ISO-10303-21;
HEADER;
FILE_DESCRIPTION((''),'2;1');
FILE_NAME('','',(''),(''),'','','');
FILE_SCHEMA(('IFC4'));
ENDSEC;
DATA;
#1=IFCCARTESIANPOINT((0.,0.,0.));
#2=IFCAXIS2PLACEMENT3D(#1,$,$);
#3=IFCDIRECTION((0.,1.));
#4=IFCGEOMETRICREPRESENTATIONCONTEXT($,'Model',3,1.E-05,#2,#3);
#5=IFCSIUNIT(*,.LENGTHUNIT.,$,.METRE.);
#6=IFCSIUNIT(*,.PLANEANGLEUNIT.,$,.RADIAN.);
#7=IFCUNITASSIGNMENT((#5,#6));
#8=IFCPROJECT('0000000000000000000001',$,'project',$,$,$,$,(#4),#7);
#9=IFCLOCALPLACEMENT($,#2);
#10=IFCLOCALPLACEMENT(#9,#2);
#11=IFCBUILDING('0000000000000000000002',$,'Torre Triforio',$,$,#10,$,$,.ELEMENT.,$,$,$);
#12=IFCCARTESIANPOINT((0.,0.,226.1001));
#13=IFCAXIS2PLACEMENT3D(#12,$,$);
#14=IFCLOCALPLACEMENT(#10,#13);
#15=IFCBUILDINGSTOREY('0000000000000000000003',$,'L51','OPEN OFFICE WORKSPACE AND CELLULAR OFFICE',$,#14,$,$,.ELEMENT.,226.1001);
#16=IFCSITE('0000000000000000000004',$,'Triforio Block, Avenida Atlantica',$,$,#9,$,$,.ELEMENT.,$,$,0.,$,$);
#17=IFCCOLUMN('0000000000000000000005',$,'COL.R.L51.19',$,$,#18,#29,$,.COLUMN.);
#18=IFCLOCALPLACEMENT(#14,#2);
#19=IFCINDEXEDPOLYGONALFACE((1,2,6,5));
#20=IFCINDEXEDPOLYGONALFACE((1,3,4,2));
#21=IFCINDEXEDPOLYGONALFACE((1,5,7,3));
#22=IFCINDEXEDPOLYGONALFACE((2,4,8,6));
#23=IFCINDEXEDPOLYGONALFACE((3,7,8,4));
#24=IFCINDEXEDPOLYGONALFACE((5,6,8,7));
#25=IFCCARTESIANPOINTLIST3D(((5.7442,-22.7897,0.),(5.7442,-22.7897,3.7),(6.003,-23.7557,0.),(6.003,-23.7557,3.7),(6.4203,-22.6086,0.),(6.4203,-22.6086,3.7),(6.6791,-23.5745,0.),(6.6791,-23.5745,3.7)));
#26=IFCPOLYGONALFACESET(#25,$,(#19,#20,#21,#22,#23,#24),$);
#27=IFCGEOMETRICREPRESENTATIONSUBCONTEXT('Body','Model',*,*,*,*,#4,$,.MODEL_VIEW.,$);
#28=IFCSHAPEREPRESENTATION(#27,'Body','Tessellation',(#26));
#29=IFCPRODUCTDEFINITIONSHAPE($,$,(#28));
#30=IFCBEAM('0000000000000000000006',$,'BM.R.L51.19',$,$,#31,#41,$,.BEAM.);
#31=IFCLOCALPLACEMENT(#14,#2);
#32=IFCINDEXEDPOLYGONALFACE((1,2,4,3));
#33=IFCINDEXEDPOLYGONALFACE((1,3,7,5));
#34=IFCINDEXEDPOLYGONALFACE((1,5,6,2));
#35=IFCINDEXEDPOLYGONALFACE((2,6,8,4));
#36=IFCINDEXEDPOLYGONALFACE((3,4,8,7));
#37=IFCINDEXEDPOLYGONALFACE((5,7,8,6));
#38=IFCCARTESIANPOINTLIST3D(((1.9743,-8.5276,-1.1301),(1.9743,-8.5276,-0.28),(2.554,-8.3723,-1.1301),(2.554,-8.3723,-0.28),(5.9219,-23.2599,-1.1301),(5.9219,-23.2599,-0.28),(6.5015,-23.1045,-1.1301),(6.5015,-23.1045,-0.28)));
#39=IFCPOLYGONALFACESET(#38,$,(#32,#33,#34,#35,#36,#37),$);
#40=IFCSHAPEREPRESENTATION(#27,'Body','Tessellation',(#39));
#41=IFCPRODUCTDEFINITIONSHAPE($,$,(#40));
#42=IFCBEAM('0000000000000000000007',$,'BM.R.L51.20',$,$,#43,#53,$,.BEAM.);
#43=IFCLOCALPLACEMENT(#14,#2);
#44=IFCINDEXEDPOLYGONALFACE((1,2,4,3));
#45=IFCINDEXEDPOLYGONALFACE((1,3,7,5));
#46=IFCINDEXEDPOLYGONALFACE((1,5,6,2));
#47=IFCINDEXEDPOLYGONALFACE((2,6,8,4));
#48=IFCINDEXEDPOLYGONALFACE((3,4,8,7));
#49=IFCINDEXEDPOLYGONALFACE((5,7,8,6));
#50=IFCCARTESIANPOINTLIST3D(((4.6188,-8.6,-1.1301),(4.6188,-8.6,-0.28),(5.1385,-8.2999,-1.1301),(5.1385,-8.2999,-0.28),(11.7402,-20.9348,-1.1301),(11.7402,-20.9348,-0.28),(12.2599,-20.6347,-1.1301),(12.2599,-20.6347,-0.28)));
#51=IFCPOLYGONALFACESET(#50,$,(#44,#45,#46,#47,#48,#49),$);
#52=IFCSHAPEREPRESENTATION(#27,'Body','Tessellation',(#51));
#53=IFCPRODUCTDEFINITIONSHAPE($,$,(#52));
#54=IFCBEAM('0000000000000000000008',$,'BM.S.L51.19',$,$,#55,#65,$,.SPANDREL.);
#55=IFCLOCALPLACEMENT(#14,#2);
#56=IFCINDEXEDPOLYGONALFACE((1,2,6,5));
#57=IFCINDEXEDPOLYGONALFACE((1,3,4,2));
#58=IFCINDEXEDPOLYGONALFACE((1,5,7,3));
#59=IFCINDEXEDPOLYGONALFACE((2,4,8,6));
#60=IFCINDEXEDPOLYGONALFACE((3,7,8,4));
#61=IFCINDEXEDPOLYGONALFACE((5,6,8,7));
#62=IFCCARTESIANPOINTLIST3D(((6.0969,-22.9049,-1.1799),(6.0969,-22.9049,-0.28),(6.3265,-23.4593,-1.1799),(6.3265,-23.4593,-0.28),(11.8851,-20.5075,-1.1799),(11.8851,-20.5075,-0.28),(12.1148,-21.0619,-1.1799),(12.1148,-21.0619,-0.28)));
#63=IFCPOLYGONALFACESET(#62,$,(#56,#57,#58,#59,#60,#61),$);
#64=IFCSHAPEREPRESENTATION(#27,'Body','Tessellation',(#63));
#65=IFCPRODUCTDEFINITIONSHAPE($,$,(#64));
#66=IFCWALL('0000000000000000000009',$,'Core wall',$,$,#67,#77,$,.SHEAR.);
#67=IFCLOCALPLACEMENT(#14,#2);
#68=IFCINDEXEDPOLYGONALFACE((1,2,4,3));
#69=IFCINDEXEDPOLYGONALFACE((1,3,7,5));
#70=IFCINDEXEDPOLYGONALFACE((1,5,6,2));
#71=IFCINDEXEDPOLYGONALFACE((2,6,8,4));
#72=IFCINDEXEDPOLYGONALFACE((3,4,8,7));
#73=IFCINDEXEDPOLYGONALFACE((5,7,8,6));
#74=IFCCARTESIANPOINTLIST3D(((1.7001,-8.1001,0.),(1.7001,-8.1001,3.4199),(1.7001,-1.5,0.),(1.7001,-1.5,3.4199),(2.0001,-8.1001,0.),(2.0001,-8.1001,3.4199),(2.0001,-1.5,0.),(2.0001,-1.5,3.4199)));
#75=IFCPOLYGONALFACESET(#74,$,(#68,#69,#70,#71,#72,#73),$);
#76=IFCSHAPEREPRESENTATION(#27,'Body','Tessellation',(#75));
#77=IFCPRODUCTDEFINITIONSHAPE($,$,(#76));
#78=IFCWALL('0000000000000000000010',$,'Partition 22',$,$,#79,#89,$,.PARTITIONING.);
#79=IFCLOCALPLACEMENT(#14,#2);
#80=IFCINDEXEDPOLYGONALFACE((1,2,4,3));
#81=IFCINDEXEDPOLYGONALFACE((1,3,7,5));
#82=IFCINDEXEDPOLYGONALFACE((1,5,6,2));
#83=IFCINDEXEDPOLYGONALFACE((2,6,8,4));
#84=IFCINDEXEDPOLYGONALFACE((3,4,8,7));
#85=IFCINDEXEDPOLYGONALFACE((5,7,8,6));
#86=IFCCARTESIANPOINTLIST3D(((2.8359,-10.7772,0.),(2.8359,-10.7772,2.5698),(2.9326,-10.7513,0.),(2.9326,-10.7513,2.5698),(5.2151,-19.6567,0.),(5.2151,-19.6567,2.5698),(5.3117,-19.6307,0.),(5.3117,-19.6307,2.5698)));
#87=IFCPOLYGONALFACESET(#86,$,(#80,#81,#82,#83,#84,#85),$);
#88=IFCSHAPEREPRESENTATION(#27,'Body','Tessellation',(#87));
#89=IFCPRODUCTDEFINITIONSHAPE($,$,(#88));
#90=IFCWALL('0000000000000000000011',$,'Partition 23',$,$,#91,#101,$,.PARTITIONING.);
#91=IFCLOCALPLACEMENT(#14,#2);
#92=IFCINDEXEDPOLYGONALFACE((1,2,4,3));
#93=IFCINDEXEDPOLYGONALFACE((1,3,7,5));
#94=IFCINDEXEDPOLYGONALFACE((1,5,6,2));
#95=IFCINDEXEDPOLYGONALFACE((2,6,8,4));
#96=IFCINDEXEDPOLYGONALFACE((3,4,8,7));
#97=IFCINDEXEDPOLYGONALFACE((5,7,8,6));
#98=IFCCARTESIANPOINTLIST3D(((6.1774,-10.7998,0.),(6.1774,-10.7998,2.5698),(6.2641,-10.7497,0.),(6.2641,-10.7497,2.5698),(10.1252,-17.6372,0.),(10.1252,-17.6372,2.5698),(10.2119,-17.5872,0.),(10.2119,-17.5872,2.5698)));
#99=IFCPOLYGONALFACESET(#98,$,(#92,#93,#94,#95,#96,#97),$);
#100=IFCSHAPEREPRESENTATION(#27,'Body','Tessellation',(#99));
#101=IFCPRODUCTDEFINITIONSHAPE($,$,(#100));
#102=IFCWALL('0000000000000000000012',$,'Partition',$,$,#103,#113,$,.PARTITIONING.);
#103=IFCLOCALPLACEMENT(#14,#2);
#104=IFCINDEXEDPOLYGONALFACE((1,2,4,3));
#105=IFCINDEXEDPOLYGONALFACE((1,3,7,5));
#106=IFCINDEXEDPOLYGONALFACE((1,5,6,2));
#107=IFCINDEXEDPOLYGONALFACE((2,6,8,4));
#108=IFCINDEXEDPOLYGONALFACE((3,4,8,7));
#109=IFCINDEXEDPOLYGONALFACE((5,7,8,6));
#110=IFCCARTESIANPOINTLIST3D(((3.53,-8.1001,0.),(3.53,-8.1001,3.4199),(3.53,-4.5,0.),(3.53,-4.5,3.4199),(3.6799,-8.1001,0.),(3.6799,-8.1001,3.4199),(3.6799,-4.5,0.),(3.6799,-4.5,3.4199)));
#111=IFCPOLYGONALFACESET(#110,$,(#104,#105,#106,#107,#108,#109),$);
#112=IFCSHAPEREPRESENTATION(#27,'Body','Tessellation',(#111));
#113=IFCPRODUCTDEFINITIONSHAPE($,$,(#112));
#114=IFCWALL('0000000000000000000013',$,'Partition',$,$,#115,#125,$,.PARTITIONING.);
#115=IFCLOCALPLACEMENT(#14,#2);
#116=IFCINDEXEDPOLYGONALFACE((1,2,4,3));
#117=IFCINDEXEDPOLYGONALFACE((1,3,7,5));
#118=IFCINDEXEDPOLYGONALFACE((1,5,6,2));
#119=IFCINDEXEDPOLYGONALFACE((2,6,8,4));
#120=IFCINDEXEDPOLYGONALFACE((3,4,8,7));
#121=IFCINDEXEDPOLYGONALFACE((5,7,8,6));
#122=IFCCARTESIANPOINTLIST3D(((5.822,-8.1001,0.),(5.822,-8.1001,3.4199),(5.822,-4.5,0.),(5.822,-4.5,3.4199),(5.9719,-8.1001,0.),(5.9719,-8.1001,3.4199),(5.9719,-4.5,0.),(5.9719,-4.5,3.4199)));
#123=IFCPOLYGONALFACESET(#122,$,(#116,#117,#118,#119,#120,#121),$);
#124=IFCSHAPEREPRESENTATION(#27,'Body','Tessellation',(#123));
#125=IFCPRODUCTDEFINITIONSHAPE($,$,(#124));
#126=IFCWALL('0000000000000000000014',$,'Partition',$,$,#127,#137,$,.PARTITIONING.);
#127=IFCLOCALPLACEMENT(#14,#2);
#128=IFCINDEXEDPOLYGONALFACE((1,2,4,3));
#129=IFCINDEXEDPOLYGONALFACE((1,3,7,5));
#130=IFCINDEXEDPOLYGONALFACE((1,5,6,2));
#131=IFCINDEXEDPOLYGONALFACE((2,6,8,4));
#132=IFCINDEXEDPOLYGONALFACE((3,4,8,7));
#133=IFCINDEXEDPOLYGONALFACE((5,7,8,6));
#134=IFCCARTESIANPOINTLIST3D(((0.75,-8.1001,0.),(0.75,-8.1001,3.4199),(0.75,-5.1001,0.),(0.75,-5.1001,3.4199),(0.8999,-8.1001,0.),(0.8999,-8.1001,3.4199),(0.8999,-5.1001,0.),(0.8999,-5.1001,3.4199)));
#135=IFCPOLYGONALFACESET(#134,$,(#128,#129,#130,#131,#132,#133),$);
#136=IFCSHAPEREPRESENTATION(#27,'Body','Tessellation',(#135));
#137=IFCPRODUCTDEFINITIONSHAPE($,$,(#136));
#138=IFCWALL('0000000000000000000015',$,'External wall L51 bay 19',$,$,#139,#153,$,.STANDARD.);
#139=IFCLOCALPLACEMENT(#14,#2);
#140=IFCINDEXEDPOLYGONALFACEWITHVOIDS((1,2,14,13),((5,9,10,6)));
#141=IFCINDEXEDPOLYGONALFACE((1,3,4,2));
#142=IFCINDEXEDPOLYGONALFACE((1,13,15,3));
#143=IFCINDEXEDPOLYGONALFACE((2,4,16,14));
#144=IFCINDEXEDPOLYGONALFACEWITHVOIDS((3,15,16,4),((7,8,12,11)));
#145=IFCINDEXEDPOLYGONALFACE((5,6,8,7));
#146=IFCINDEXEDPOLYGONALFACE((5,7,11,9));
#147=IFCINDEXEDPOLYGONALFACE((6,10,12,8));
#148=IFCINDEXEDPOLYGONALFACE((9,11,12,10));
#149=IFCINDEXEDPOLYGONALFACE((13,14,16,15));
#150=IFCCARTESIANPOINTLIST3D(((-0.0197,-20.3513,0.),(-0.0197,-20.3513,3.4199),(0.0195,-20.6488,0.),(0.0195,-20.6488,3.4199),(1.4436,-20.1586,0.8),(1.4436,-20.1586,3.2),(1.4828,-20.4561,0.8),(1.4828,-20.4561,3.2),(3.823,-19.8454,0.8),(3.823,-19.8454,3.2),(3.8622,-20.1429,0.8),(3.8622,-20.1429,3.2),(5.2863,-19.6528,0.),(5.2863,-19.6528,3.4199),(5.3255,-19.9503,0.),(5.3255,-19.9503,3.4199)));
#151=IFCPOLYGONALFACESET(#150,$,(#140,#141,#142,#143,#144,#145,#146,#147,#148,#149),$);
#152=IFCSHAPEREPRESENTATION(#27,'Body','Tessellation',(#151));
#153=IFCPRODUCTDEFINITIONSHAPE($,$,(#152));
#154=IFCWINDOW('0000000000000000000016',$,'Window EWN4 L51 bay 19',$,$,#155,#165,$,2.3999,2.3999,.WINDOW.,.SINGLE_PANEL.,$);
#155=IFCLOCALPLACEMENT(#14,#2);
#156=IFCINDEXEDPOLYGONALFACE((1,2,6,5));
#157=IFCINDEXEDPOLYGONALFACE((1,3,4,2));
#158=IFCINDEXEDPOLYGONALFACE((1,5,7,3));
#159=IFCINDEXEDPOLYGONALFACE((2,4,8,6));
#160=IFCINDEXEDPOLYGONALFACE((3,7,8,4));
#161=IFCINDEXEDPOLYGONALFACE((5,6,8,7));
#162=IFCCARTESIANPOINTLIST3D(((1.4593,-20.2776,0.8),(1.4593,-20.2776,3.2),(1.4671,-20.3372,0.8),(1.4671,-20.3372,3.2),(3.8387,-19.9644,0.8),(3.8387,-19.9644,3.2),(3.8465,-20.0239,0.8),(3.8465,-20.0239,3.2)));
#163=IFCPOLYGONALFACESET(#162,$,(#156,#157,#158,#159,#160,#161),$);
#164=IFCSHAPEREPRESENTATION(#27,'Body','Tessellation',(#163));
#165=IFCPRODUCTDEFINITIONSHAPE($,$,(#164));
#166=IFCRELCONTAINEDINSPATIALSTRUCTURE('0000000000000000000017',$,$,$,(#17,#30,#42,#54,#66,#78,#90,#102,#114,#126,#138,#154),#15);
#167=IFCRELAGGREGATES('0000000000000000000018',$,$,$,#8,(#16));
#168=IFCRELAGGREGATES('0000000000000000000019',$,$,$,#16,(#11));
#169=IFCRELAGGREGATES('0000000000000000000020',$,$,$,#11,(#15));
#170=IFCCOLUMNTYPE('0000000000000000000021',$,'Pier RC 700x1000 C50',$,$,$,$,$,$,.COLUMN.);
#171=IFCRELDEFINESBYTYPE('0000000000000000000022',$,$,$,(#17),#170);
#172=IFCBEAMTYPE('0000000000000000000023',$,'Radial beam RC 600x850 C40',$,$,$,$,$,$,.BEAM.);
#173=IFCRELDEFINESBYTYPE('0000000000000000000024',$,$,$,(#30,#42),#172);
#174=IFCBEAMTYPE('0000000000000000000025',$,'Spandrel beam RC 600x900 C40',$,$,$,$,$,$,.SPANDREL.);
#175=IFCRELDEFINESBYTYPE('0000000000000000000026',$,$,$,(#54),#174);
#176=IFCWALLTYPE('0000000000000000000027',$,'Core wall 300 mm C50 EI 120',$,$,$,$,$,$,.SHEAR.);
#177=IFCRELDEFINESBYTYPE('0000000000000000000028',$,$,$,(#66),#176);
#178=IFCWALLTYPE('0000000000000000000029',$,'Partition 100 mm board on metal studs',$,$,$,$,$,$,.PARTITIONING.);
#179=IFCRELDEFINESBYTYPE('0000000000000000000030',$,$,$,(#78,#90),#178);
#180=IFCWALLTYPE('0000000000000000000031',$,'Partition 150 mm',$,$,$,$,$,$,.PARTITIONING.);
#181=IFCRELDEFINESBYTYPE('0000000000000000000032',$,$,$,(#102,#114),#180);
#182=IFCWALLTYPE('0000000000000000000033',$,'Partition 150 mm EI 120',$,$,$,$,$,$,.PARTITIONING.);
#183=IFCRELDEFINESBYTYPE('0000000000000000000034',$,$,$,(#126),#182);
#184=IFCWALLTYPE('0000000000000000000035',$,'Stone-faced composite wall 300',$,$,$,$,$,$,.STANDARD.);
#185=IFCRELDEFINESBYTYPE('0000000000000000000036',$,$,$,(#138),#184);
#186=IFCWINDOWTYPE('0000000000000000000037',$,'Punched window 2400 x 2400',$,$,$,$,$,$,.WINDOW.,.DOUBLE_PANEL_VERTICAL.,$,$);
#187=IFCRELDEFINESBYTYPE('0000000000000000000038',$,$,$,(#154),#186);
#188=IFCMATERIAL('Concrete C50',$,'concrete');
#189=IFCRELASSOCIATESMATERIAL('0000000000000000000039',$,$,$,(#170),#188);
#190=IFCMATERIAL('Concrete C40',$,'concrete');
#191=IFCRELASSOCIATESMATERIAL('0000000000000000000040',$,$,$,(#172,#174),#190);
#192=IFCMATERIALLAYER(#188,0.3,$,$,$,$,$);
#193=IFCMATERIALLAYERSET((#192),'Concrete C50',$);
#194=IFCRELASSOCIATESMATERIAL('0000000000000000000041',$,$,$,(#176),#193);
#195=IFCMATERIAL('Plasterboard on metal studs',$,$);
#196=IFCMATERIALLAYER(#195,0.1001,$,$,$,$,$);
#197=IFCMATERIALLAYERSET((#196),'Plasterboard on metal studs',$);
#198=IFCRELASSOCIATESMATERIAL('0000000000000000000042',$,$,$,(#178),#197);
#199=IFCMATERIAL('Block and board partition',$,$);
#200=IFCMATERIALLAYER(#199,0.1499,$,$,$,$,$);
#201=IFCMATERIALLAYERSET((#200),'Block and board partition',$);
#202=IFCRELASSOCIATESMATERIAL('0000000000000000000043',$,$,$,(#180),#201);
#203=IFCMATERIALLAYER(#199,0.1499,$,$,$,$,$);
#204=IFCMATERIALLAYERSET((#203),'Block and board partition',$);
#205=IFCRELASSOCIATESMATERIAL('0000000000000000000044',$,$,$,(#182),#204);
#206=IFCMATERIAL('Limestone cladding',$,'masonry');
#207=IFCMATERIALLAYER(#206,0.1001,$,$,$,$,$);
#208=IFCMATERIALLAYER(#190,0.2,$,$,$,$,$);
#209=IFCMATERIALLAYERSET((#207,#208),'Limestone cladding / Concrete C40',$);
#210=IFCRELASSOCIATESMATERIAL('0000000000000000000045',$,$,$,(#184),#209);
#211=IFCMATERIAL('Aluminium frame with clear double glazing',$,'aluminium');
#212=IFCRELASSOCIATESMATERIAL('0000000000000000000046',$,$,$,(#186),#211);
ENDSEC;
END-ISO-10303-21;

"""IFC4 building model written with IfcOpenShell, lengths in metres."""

from ifc_helpers import new_model, si_unit, direction, frame, frame_2d, origin, origin_2d, place, context, subcontext, project, spatial, rectangle, extrude, material, layer, layer_set, material_profile, profile_set, type_object, element, fill, save


model = new_model("IFC4")

# Units and contexts
model_context = context("Model", 3, precision=1e-05, world=origin(), true_north=direction((0.0, 1.0)))
body_context = subcontext(model_context, "Body", "Model", "MODEL_VIEW")
ifc_project = project(units=[si_unit("LENGTHUNIT", "METRE"), si_unit("PLANEANGLEUNIT", "RADIAN")], contexts=[model_context])

# Site, building, storey
site_placement = place(None, origin())
site = spatial("IfcSite", under=ifc_project, at=site_placement, Name="Triforio Block, Avenida Atlantica", CompositionType="ELEMENT", RefElevation=0.0)
building_placement = place(site_placement, origin())
building = spatial("IfcBuilding", under=site, at=building_placement, Name="Torre Triforio", CompositionType="ELEMENT")
storey_placement = place(building_placement, frame((0.0, 0.0, 226.1001)))
storey = spatial("IfcBuildingStorey", under=building, at=storey_placement, Name="L51", Description="OPEN OFFICE WORKSPACE AND CELLULAR OFFICE", CompositionType="ELEMENT", Elevation=226.1001)

# Column
ifc_material_1 = material(Name="Concrete C50", Category="concrete")
ifc_material_profile_1 = material_profile(ifc_material_1, rectangle(XDim=0.7, YDim=1.0, at=origin_2d()), Name="RC 700x1000")
ifc_profile_set_1 = profile_set([ifc_material_profile_1], Name="Concrete C50")
column_type = type_object("IfcColumnType", Name="Pier RC 700x1000 C50", PredefinedType="COLUMN", material=ifc_profile_set_1)
column_placement = place(storey_placement, frame((6.2117, -23.1821, 0.0), z_axis=(0.0, 0.0, 1.0), x_axis=(0.965926, 0.258819, 0.0)))
element("IfcColumn", 1, at=column_placement, inside=storey, type_object=column_type, Name="COL.R.L51.19", PredefinedType="COLUMN", context=body_context, shape_type="SweptSolid", body=[
    extrude(rectangle(XDim=0.7, YDim=1.0, at=origin_2d()), origin(), (0.0, 0.0, 1.0), 3.7),
])

# Beams
ifc_material_2 = material(Name="Concrete C40", Category="concrete")
ifc_material_profile_2 = material_profile(ifc_material_2, rectangle(XDim=0.6001, YDim=0.8501, at=origin_2d()), Name="RC 600x850")
ifc_profile_set_2 = profile_set([ifc_material_profile_2], Name="Concrete C40")
beam_type_1 = type_object("IfcBeamType", Name="Radial beam RC 600x850 C40", PredefinedType="BEAM", material=ifc_profile_set_2)
beam_1_placement = place(storey_placement, frame((2.2642, -8.45, -0.7051), z_axis=(0.258821, -0.965925, 0.0), x_axis=(0.965925, 0.258821, 0.0)))
element("IfcBeam", 2, at=beam_1_placement, inside=storey, type_object=beam_type_1, Name="BM.R.L51.19", PredefinedType="BEAM", context=body_context, shape_type="SweptSolid", body=[
    extrude(rectangle(XDim=0.6001, YDim=0.8501, at=origin_2d()), origin(), (0.0, 0.0, 1.0), 15.252),
])
beam_2_placement = place(storey_placement, frame((4.8787, -8.45, -0.7051), z_axis=(0.499994, -0.866029, 0.0), x_axis=(0.866029, 0.499994, 0.0)))
element("IfcBeam", 3, at=beam_2_placement, inside=storey, type_object=beam_type_1, Name="BM.R.L51.20", PredefinedType="BEAM", context=body_context, shape_type="SweptSolid", body=[
    extrude(rectangle(XDim=0.6001, YDim=0.8501, at=origin_2d()), origin(), (0.0, 0.0, 1.0), 14.2429),
])
ifc_material_profile_3 = material_profile(ifc_material_2, rectangle(XDim=0.6001, YDim=0.8999, at=origin_2d()), Name="RC 600x900")
ifc_profile_set_3 = profile_set([ifc_material_profile_3], Name="Concrete C40")
beam_type_2 = type_object("IfcBeamType", Name="Spandrel beam RC 600x900 C40", PredefinedType="SPANDREL", material=ifc_profile_set_3)
beam_3_placement = place(storey_placement, frame((6.2117, -23.1821, -0.73), z_axis=(0.923888, 0.382664, 0.0), x_axis=(-0.382664, 0.923888, 0.0)))
element("IfcBeam", 4, at=beam_3_placement, inside=storey, type_object=beam_type_2, Name="BM.S.L51.19", PredefinedType="SPANDREL", context=body_context, shape_type="SweptSolid", body=[
    extrude(rectangle(XDim=0.6001, YDim=0.8999, at=origin_2d()), origin(), (0.0, 0.0, 1.0), 6.2651),
])

# Walls
ifc_layer_1 = layer(ifc_material_1, 0.3)
ifc_layer_set_1 = layer_set([ifc_layer_1], Name="Concrete C50")
wall_type_1 = type_object("IfcWallType", Name="Core wall 300 mm C50 EI 120", PredefinedType="SHEAR", material=ifc_layer_set_1)
wall_1_placement = place(storey_placement, frame((1.8501, -8.1001, 0.0), z_axis=(0.0, 0.0, 1.0), x_axis=(0.0, 1.0, 0.0)))
element("IfcWall", 5, at=wall_1_placement, inside=storey, type_object=wall_type_1, Name="Core wall", PredefinedType="SHEAR", context=body_context, shape_type="SweptSolid", body=[
    extrude(rectangle(XDim=6.6001, YDim=0.3, at=frame_2d((3.3, 0.0))), origin(), (0.0, 0.0, 1.0), 3.4199),
])
ifc_material_3 = material(Name="Plasterboard on metal studs")
ifc_layer_2 = layer(ifc_material_3, 0.1001)
ifc_layer_set_2 = layer_set([ifc_layer_2], Name="Plasterboard on metal studs")
wall_type_2 = type_object("IfcWallType", Name="Partition 100 mm board on metal studs", PredefinedType="PARTITIONING", material=ifc_layer_set_2)
wall_2_placement = place(storey_placement, frame((2.8843, -10.7644, 0.0), z_axis=(0.0, 0.0, 1.0), x_axis=(0.258811, -0.965928, 0.0)))
element("IfcWall", 6, at=wall_2_placement, inside=storey, type_object=wall_type_2, Name="Partition 22", PredefinedType="PARTITIONING", context=body_context, shape_type="SweptSolid", body=[
    extrude(rectangle(XDim=9.1926, YDim=0.1001, at=frame_2d((4.5962, 0.0))), origin(), (0.0, 0.0, 1.0), 2.5698),
])
wall_3_placement = place(storey_placement, frame((6.2207, -10.7747, 0.0), z_axis=(0.0, 0.0, 1.0), x_axis=(0.500017, -0.866016, 0.0)))
element("IfcWall", 7, at=wall_3_placement, inside=storey, type_object=wall_type_2, Name="Partition 23", PredefinedType="PARTITIONING", context=body_context, shape_type="SweptSolid", body=[
    extrude(rectangle(XDim=7.8953, YDim=0.1001, at=frame_2d((3.9478, 0.0))), origin(), (0.0, 0.0, 1.0), 2.5698),
])
ifc_material_4 = material(Name="Block and board partition")
ifc_layer_3 = layer(ifc_material_4, 0.1499)
ifc_layer_set_3 = layer_set([ifc_layer_3], Name="Block and board partition")
wall_type_3 = type_object("IfcWallType", Name="Partition 150 mm", PredefinedType="PARTITIONING", material=ifc_layer_set_3)
for number, where, z_axis, x_axis, name in (
    (8, (3.605, -8.1001, 0.0), (0.0, 0.0, 1.0), (0.0, 1.0, 0.0), "Partition"),
    (9, (5.897, -8.1001, 0.0), (0.0, 0.0, 1.0), (0.0, 1.0, 0.0), "Partition"),
):
    element("IfcWall", number, at=place(storey_placement, frame(where, z_axis=z_axis, x_axis=x_axis)), inside=storey, type_object=wall_type_3, Name=name, PredefinedType="PARTITIONING", context=body_context, shape_type="SweptSolid", body=[
        extrude(rectangle(XDim=3.6001, YDim=0.1499, at=frame_2d((1.8, 0.0))), origin(), (0.0, 0.0, 1.0), 3.4199),
    ])
ifc_layer_4 = layer(ifc_material_4, 0.1499)
ifc_layer_set_4 = layer_set([ifc_layer_4], Name="Block and board partition")
wall_type_4 = type_object("IfcWallType", Name="Partition 150 mm EI 120", PredefinedType="PARTITIONING", material=ifc_layer_set_4)
wall_4_placement = place(storey_placement, frame((0.825, -8.1001, 0.0), z_axis=(0.0, 0.0, 1.0), x_axis=(0.0, 1.0, 0.0)))
element("IfcWall", 10, at=wall_4_placement, inside=storey, type_object=wall_type_4, Name="Partition", PredefinedType="PARTITIONING", context=body_context, shape_type="SweptSolid", body=[
    extrude(rectangle(XDim=3.0, YDim=0.1499, at=frame_2d((1.5, 0.0))), origin(), (0.0, 0.0, 1.0), 3.4199),
])

# Wall, opening, window
ifc_material_5 = material(Name="Limestone cladding", Category="masonry")
ifc_layer_5 = layer(ifc_material_5, 0.1001)
ifc_layer_6 = layer(ifc_material_2, 0.2)
ifc_layer_set_5 = layer_set([ifc_layer_5, ifc_layer_6], Name="Limestone cladding / Concrete C40")
wall_type_5 = type_object("IfcWallType", Name="Stone-faced composite wall 300", PredefinedType="STANDARD", material=ifc_layer_set_5)
wall_5_placement = place(storey_placement, frame((0.0, -20.5, 0.0), z_axis=(0.0, 0.0, 1.0), x_axis=(0.991446, 0.130517, 0.0)))
wall_5 = element("IfcWall", 11, at=wall_5_placement, inside=storey, type_object=wall_type_5, Name="External wall L51 bay 19", PredefinedType="STANDARD", context=body_context, shape_type="SweptSolid", body=[
    extrude(rectangle(XDim=5.3518, YDim=0.3, at=frame_2d((2.6758, 0.0))), origin(), (0.0, 0.0, 1.0), 3.4199),
])
opening_1_placement = place(wall_5_placement, frame((1.4758, 0.0, 0.8)))
opening_1 = element("IfcOpeningElement", 12, at=opening_1_placement, cuts=wall_5, PredefinedType="OPENING", context=body_context, shape_type="SweptSolid", body=[
    extrude(rectangle(XDim=2.3999, YDim=2.3999, at=frame_2d((1.2, 1.2))), frame((0.0, 0.1599, 0.0), z_axis=(0.0, -1.0, 0.0), x_axis=(1.0, 0.0, 0.0)), (0.0, 0.0, 1.0), 0.3201),
])
ifc_material_6 = material(Name="Aluminium frame with clear double glazing", Category="aluminium")
window_type_1 = type_object("IfcWindowType", Name="Punched window 2400 x 2400", PartitioningType="DOUBLE_PANEL_VERTICAL", PredefinedType="WINDOW", material=ifc_material_6)
window_1_placement = place(opening_1_placement, origin())
window_1 = element("IfcWindow", 13, at=window_1_placement, inside=storey, type_object=window_type_1, Name="Window EWN4 L51 bay 19", OverallHeight=2.3999, OverallWidth=2.3999, PartitioningType="SINGLE_PANEL", PredefinedType="WINDOW", context=body_context, shape_type="SweptSolid", body=[
    extrude(rectangle(XDim=2.3999, YDim=2.3999, at=frame_2d((1.2, 1.2))), frame((0.0, 0.03, 0.0), z_axis=(0.0, -1.0, 0.0), x_axis=(1.0, 0.0, 0.0)), (0.0, 0.0, 1.0), 0.0601),
])
fill(opening_1, window_1)

save(model, "model.ifc")
